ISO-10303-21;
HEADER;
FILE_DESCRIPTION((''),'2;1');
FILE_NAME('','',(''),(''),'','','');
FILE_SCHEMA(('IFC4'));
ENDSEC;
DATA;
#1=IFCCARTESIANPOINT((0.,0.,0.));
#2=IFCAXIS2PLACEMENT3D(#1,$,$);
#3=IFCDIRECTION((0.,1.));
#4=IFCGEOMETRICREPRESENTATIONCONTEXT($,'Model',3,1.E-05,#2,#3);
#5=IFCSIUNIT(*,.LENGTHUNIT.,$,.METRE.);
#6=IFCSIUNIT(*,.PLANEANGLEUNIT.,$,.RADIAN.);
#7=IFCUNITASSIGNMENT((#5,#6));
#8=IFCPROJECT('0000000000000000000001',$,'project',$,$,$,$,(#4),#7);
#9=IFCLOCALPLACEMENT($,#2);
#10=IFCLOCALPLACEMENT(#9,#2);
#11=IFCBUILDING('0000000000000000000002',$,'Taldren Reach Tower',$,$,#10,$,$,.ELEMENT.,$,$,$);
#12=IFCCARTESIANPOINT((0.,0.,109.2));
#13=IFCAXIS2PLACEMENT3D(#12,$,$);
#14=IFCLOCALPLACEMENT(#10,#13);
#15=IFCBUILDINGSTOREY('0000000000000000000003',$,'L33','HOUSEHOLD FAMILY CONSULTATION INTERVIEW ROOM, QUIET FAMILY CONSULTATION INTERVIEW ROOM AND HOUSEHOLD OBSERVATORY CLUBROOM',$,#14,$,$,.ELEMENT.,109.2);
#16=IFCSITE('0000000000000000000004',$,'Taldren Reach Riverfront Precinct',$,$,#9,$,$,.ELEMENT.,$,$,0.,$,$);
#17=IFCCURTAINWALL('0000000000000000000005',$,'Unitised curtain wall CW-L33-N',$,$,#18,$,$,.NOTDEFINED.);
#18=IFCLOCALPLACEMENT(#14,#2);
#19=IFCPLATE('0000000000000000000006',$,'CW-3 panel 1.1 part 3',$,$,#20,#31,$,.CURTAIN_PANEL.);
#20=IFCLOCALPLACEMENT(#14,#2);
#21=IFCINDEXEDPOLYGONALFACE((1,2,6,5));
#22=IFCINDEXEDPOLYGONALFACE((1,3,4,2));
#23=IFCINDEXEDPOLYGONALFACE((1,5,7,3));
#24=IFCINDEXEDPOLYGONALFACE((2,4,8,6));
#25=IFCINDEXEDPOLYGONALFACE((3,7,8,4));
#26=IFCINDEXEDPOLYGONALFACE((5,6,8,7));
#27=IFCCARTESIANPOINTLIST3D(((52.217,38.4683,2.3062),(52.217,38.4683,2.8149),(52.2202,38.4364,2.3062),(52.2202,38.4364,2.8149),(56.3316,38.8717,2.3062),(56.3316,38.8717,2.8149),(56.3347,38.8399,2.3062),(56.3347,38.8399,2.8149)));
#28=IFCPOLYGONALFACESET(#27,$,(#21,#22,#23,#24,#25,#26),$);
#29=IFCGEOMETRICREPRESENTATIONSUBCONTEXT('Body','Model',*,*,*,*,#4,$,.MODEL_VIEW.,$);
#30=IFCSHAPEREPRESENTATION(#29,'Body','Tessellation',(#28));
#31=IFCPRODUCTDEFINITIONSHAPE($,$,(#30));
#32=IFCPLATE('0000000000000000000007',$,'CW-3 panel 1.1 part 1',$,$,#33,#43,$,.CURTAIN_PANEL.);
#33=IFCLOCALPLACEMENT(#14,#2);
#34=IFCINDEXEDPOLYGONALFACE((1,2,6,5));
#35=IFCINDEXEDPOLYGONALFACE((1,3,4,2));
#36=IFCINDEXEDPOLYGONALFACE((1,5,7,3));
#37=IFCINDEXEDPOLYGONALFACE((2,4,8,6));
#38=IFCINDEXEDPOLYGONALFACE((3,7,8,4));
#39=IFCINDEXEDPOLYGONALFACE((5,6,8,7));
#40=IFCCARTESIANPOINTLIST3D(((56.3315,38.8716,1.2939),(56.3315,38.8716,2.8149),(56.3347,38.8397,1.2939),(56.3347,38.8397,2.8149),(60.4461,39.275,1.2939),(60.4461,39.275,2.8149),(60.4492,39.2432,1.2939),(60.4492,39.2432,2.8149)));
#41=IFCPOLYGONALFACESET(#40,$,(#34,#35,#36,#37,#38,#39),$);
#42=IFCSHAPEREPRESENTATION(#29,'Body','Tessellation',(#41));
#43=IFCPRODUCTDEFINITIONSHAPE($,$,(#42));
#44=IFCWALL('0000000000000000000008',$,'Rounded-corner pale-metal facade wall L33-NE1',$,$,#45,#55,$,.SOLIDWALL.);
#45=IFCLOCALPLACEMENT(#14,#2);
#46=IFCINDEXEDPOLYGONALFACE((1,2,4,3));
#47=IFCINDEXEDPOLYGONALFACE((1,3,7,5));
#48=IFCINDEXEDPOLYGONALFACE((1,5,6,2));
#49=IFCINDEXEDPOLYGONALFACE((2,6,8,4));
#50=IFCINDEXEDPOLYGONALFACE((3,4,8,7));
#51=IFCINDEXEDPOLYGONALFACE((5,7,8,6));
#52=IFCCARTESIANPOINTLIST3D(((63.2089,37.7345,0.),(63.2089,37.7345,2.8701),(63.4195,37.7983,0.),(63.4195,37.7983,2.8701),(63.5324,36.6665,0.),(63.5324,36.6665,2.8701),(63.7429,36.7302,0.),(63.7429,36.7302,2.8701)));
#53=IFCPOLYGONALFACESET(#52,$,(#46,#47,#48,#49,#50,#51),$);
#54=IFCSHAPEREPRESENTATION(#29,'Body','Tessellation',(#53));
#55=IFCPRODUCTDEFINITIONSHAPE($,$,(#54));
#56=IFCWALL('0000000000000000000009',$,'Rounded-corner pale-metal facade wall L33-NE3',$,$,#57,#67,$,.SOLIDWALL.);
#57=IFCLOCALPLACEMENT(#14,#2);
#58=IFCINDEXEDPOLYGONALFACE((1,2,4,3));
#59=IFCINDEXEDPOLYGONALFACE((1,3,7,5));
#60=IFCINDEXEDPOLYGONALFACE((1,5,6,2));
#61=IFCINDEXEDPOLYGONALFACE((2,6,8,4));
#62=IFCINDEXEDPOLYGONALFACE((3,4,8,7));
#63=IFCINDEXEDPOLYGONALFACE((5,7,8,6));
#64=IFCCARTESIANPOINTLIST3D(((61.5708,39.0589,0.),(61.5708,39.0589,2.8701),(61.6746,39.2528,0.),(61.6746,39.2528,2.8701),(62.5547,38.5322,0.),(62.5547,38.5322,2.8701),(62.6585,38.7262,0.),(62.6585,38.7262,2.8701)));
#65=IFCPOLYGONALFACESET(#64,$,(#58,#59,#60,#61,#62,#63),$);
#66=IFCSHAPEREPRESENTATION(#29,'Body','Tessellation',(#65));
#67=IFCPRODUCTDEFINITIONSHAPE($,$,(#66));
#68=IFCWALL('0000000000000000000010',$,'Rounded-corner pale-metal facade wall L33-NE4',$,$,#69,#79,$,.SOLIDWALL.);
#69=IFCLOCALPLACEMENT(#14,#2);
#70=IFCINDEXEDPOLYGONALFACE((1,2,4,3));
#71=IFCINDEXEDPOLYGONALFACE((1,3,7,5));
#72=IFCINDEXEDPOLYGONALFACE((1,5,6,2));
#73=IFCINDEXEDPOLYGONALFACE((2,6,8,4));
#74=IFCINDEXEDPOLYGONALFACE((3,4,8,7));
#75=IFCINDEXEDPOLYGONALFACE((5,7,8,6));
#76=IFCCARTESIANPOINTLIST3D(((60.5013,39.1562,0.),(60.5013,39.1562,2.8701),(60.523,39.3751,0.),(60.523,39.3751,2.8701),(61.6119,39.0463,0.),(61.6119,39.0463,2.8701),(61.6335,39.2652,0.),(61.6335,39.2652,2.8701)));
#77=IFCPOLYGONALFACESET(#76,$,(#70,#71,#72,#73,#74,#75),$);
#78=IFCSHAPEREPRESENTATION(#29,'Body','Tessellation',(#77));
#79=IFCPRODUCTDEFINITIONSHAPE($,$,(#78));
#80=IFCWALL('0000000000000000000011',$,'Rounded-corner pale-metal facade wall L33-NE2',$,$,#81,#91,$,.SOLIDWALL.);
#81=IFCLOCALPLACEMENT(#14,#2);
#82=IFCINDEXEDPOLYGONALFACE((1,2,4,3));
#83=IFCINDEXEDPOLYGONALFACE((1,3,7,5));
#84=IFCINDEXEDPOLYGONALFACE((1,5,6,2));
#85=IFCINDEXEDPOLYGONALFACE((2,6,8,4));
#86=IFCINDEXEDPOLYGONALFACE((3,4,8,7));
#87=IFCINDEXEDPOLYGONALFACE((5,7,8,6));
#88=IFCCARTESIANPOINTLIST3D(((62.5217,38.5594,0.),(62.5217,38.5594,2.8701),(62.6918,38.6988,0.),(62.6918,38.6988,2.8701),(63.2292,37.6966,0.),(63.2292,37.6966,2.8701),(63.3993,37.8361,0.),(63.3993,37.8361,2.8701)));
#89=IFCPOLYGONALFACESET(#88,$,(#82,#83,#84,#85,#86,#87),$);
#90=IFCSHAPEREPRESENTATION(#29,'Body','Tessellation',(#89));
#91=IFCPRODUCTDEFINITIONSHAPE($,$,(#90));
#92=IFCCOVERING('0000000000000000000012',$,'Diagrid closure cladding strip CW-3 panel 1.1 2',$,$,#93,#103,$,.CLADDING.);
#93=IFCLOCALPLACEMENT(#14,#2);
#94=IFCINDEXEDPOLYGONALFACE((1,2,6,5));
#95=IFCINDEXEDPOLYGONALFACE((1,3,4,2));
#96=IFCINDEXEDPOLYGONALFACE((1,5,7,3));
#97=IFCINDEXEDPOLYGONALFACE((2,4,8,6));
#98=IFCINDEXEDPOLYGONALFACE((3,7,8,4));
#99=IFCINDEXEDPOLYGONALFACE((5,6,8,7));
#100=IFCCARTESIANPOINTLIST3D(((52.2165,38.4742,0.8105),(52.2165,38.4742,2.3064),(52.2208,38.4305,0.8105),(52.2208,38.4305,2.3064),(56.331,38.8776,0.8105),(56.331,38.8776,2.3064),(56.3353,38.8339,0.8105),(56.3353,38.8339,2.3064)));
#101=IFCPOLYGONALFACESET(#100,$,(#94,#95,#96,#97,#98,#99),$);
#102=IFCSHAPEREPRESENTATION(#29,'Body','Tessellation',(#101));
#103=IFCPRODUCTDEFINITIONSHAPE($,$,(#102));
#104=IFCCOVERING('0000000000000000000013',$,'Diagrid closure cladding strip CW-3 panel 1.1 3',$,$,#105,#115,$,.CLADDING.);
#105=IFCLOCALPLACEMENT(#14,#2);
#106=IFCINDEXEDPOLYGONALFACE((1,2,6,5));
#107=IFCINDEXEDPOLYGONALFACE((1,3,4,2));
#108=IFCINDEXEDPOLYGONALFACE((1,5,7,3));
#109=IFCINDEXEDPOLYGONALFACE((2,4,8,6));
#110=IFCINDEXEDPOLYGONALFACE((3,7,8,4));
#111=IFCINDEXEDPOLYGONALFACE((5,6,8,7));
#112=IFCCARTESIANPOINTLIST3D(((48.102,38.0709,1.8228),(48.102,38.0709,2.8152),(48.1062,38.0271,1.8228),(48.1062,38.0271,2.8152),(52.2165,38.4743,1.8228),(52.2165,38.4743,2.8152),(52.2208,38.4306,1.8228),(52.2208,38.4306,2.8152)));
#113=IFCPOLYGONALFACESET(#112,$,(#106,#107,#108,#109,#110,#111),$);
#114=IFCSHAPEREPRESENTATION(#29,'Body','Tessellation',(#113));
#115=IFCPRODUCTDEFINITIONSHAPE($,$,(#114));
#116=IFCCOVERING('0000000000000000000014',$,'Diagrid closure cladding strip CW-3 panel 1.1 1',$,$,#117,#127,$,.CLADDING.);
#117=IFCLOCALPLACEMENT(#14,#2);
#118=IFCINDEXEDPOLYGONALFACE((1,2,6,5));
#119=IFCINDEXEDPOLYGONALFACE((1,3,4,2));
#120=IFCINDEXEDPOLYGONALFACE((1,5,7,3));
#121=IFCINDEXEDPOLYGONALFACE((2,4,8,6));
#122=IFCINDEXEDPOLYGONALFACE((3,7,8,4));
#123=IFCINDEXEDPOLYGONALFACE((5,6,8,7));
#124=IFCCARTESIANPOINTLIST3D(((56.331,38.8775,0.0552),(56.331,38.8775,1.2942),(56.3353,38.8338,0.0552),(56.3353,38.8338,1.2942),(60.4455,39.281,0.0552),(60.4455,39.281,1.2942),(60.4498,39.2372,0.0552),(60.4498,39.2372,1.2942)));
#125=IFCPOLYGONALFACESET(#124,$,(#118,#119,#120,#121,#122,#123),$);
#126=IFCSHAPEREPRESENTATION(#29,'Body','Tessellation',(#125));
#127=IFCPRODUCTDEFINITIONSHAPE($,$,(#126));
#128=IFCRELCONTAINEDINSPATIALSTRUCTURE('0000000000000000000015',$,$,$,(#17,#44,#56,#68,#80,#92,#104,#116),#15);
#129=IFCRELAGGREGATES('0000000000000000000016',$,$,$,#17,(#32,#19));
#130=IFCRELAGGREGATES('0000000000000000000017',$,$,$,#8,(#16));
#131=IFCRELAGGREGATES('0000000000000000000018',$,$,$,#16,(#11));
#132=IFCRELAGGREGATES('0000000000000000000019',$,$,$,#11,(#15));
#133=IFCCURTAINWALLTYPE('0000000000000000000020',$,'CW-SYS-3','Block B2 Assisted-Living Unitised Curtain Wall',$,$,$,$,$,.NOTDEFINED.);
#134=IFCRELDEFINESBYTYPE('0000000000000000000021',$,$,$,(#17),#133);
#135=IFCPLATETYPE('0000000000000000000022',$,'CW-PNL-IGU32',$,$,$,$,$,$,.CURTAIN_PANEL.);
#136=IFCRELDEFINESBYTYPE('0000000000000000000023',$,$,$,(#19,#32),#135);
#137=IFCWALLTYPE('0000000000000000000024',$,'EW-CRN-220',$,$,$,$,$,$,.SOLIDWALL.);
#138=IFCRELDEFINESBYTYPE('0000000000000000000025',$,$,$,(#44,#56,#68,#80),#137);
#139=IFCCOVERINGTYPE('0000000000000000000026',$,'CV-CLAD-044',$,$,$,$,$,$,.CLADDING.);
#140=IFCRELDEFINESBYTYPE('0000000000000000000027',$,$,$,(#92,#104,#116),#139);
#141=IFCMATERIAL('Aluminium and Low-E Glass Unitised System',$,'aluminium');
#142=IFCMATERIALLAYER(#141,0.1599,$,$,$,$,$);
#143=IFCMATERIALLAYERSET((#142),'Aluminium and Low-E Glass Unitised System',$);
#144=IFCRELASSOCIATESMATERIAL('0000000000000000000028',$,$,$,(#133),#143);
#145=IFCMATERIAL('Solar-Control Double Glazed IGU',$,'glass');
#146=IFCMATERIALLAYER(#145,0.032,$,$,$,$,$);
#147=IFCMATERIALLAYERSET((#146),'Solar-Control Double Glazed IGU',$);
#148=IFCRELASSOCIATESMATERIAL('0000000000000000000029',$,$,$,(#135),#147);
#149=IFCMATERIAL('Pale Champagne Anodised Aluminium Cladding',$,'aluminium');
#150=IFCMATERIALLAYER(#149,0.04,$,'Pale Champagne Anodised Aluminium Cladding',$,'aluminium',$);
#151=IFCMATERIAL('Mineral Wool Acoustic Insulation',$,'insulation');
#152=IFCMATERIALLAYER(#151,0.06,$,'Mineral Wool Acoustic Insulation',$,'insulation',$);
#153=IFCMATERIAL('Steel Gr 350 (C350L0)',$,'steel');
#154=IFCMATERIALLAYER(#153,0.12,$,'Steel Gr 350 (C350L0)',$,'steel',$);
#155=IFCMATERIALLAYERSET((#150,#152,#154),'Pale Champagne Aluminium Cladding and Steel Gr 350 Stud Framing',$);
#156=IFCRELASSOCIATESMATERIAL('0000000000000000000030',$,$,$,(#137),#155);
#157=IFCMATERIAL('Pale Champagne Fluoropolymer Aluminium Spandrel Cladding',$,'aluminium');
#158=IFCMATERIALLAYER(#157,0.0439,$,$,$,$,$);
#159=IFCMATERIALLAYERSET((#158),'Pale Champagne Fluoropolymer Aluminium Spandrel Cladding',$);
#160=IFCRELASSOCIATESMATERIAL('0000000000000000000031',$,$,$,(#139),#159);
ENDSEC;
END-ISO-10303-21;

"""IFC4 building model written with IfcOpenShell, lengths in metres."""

from ifc_helpers import new_model, si_unit, direction, frame, frame_2d, origin, origin_2d, place, context, subcontext, project, spatial, rectangle, extrude, source, transform, mapped, material, layer, layer_set, type_object, element, aggregate, save


model = new_model("IFC4")

# Units and contexts
model_context = context("Model", 3, precision=1e-05, world=origin(), true_north=direction((0.0, 1.0)))
body_context = subcontext(model_context, "Body", "Model", "MODEL_VIEW")
ifc_project = project(units=[si_unit("LENGTHUNIT", "METRE"), si_unit("PLANEANGLEUNIT", "RADIAN")], contexts=[model_context])

# Site, building, storey
site_placement = place(None, origin())
site = spatial("IfcSite", under=ifc_project, at=site_placement, Name="Taldren Reach Riverfront Precinct", CompositionType="ELEMENT", RefElevation=0.0)
building_placement = place(site_placement, origin())
building = spatial("IfcBuilding", under=site, at=building_placement, Name="Taldren Reach Tower", CompositionType="ELEMENT")
storey_placement = place(building_placement, frame((0.0, 0.0, 109.2)))
storey = spatial("IfcBuildingStorey", under=building, at=storey_placement, Name="L33", Description="HOUSEHOLD FAMILY CONSULTATION INTERVIEW ROOM, QUIET FAMILY CONSULTATION INTERVIEW ROOM AND HOUSEHOLD OBSERVATORY CLUBROOM", CompositionType="ELEMENT", Elevation=109.2)

# Shared definitions
ifc_material_1 = material(Name="Steel Gr 350 (C350L0)", Category="steel")

# Curtain wall
ifc_material_2 = material(Name="Aluminium and Low-E Glass Unitised System", Category="aluminium")
ifc_layer_1 = layer(ifc_material_2, 0.1599)
ifc_layer_set_1 = layer_set([ifc_layer_1], Name="Aluminium and Low-E Glass Unitised System")
curtain_wall_type = type_object("IfcCurtainWallType", Name="CW-SYS-3", Description="Block B2 Assisted-Living Unitised Curtain Wall", PredefinedType="NOTDEFINED", material=ifc_layer_set_1)
curtain_wall_1_placement = place(storey_placement, origin())
curtain_wall_1 = element("IfcCurtainWall", 1, at=curtain_wall_1_placement, inside=storey, type_object=curtain_wall_type, Name="Unitised curtain wall CW-L33-N", PredefinedType="NOTDEFINED")

# Plates
ifc_material_3 = material(Name="Solar-Control Double Glazed IGU", Category="glass")
ifc_layer_2 = layer(ifc_material_3, 0.032)
ifc_layer_set_2 = layer_set([ifc_layer_2], Name="Solar-Control Double Glazed IGU")
plate_type_1 = type_object("IfcPlateType", Name="CW-PNL-IGU32", PredefinedType="CURTAIN_PANEL", material=ifc_layer_set_2)
shared_shape_1 = source(origin(), body_context, "Body", "SweptSolid", [
    extrude(rectangle(XDim=4.1343, YDim=0.032, at=origin_2d()), origin(), (0.0, 0.0, 1.0), 0.5088),
])
plate_1_placement = place(storey_placement, frame((54.2759, 38.6541, 2.3062), z_axis=(0.0, 0.0, 1.0), x_axis=(-0.995227, -0.097583, 0.0)))
plate_1 = element("IfcPlate", 2, at=plate_1_placement, type_object=plate_type_1, Name="CW-3 panel 1.1 part 3", PredefinedType="CURTAIN_PANEL", context=body_context, shape_type="MappedRepresentation", body=[
    mapped(shared_shape_1, transform((0.0, 0.0, 0.0), scale=1.0)),
])
shared_shape_2 = source(origin(), body_context, "Body", "SweptSolid", [
    extrude(rectangle(XDim=4.1343, YDim=0.032, at=origin_2d()), origin(), (0.0, 0.0, 1.0), 1.521),
])
plate_2_placement = place(storey_placement, frame((58.3904, 39.0574, 1.2939), z_axis=(0.0, 0.0, 1.0), x_axis=(-0.995227, -0.097583, 0.0)))
plate_2 = element("IfcPlate", 3, at=plate_2_placement, type_object=plate_type_1, Name="CW-3 panel 1.1 part 1", PredefinedType="CURTAIN_PANEL", context=body_context, shape_type="MappedRepresentation", body=[
    mapped(shared_shape_2, transform((0.0, 0.0, 0.0), scale=1.0)),
])
aggregate(curtain_wall_1, [plate_2, plate_1])

# Walls
ifc_material_4 = material(Name="Pale Champagne Anodised Aluminium Cladding", Category="aluminium")
ifc_layer_3 = layer(ifc_material_4, 0.04, Name="Pale Champagne Anodised Aluminium Cladding", Category="aluminium")
ifc_material_5 = material(Name="Mineral Wool Acoustic Insulation", Category="insulation")
ifc_layer_4 = layer(ifc_material_5, 0.06, Name="Mineral Wool Acoustic Insulation", Category="insulation")
ifc_layer_5 = layer(ifc_material_1, 0.12, Name="Steel Gr 350 (C350L0)", Category="steel")
ifc_layer_set_3 = layer_set([ifc_layer_3, ifc_layer_4, ifc_layer_5], Name="Pale Champagne Aluminium Cladding and Steel Gr 350 Stud Framing")
wall_type = type_object("IfcWallType", Name="EW-CRN-220", PredefinedType="SOLIDWALL", material=ifc_layer_set_3)
shared_shape_3 = source(origin(), body_context, "Body", "SweptSolid", [
    extrude(rectangle(XDim=1.116, YDim=0.22, at=frame_2d((0.5581, 0.0))), origin(), (0.0, 0.0, 1.0), 2.8701),
])
for number, where, z_axis, x_axis, name in (
    (4, (63.6377, 36.6982, 0.0), (0.0, 0.0, 1.0), (-0.289856, 0.95707, 0.0), "Rounded-corner pale-metal facade wall L33-NE1"),
    (5, (62.6067, 38.6292, 0.0), (0.0, 0.0, 1.0), (-0.881656, 0.471894, 0.0), "Rounded-corner pale-metal facade wall L33-NE3"),
    (6, (61.6228, 39.1558, 0.0), (0.0, 0.0, 1.0), (-0.995143, 0.098442, 0.0), "Rounded-corner pale-metal facade wall L33-NE4"),
):
    element("IfcWall", number, at=place(storey_placement, frame(where, z_axis=z_axis, x_axis=x_axis)), inside=storey, type_object=wall_type, Name=name, PredefinedType="SOLIDWALL", context=body_context, shape_type="MappedRepresentation", body=[
        mapped(shared_shape_3, transform((0.0, 0.0, 0.0), scale=1.0)),
    ])
shared_shape_4 = source(origin(), body_context, "Body", "SweptSolid", [
    extrude(rectangle(XDim=1.1157, YDim=0.22, at=frame_2d((0.5579, 0.0))), origin(), (0.0, 0.0, 1.0), 2.8701),
])
wall_placement = place(storey_placement, frame((63.3142, 37.7664, 0.0), z_axis=(0.0, 0.0, 1.0), x_axis=(-0.634095, 0.773255, 0.0)))
element("IfcWall", 7, at=wall_placement, inside=storey, type_object=wall_type, Name="Rounded-corner pale-metal facade wall L33-NE2", PredefinedType="SOLIDWALL", context=body_context, shape_type="MappedRepresentation", body=[
    mapped(shared_shape_4, transform((0.0, 0.0, 0.0), scale=1.0)),
])

# Coverings
ifc_material_6 = material(Name="Pale Champagne Fluoropolymer Aluminium Spandrel Cladding", Category="aluminium")
ifc_layer_6 = layer(ifc_material_6, 0.0439)
ifc_layer_set_4 = layer_set([ifc_layer_6], Name="Pale Champagne Fluoropolymer Aluminium Spandrel Cladding")
covering_type = type_object("IfcCoveringType", Name="CV-CLAD-044", PredefinedType="CLADDING", material=ifc_layer_set_4)
shared_shape_5 = source(origin(), body_context, "Body", "SweptSolid", [
    extrude(rectangle(XDim=4.1343, YDim=0.0439, at=origin_2d()), origin(), (0.0, 0.0, 1.0), 1.4958),
])
covering_1_placement = place(storey_placement, frame((54.2759, 38.6541, 0.8105), z_axis=(0.0, 0.0, 1.0), x_axis=(-0.995227, -0.097583, 0.0)))
element("IfcCovering", 8, at=covering_1_placement, inside=storey, type_object=covering_type, Name="Diagrid closure cladding strip CW-3 panel 1.1 2", PredefinedType="CLADDING", context=body_context, shape_type="MappedRepresentation", body=[
    mapped(shared_shape_5, transform((0.0, 0.0, 0.0), scale=1.0)),
])
shared_shape_6 = source(origin(), body_context, "Body", "SweptSolid", [
    extrude(rectangle(XDim=4.1343, YDim=0.0439, at=origin_2d()), origin(), (0.0, 0.0, 1.0), 0.9924),
])
covering_2_placement = place(storey_placement, frame((50.1614, 38.2507, 1.8228), z_axis=(0.0, 0.0, 1.0), x_axis=(-0.995227, -0.097583, 0.0)))
element("IfcCovering", 9, at=covering_2_placement, inside=storey, type_object=covering_type, Name="Diagrid closure cladding strip CW-3 panel 1.1 3", PredefinedType="CLADDING", context=body_context, shape_type="MappedRepresentation", body=[
    mapped(shared_shape_6, transform((0.0, 0.0, 0.0), scale=1.0)),
])
shared_shape_7 = source(origin(), body_context, "Body", "SweptSolid", [
    extrude(rectangle(XDim=4.1343, YDim=0.0439, at=origin_2d()), origin(), (0.0, 0.0, 1.0), 1.239),
])
covering_3_placement = place(storey_placement, frame((58.3904, 39.0574, 0.0552), z_axis=(0.0, 0.0, 1.0), x_axis=(-0.995227, -0.097583, 0.0)))
element("IfcCovering", 10, at=covering_3_placement, inside=storey, type_object=covering_type, Name="Diagrid closure cladding strip CW-3 panel 1.1 1", PredefinedType="CLADDING", context=body_context, shape_type="MappedRepresentation", body=[
    mapped(shared_shape_7, transform((0.0, 0.0, 0.0), scale=1.0)),
])

save(model, "model.ifc")
